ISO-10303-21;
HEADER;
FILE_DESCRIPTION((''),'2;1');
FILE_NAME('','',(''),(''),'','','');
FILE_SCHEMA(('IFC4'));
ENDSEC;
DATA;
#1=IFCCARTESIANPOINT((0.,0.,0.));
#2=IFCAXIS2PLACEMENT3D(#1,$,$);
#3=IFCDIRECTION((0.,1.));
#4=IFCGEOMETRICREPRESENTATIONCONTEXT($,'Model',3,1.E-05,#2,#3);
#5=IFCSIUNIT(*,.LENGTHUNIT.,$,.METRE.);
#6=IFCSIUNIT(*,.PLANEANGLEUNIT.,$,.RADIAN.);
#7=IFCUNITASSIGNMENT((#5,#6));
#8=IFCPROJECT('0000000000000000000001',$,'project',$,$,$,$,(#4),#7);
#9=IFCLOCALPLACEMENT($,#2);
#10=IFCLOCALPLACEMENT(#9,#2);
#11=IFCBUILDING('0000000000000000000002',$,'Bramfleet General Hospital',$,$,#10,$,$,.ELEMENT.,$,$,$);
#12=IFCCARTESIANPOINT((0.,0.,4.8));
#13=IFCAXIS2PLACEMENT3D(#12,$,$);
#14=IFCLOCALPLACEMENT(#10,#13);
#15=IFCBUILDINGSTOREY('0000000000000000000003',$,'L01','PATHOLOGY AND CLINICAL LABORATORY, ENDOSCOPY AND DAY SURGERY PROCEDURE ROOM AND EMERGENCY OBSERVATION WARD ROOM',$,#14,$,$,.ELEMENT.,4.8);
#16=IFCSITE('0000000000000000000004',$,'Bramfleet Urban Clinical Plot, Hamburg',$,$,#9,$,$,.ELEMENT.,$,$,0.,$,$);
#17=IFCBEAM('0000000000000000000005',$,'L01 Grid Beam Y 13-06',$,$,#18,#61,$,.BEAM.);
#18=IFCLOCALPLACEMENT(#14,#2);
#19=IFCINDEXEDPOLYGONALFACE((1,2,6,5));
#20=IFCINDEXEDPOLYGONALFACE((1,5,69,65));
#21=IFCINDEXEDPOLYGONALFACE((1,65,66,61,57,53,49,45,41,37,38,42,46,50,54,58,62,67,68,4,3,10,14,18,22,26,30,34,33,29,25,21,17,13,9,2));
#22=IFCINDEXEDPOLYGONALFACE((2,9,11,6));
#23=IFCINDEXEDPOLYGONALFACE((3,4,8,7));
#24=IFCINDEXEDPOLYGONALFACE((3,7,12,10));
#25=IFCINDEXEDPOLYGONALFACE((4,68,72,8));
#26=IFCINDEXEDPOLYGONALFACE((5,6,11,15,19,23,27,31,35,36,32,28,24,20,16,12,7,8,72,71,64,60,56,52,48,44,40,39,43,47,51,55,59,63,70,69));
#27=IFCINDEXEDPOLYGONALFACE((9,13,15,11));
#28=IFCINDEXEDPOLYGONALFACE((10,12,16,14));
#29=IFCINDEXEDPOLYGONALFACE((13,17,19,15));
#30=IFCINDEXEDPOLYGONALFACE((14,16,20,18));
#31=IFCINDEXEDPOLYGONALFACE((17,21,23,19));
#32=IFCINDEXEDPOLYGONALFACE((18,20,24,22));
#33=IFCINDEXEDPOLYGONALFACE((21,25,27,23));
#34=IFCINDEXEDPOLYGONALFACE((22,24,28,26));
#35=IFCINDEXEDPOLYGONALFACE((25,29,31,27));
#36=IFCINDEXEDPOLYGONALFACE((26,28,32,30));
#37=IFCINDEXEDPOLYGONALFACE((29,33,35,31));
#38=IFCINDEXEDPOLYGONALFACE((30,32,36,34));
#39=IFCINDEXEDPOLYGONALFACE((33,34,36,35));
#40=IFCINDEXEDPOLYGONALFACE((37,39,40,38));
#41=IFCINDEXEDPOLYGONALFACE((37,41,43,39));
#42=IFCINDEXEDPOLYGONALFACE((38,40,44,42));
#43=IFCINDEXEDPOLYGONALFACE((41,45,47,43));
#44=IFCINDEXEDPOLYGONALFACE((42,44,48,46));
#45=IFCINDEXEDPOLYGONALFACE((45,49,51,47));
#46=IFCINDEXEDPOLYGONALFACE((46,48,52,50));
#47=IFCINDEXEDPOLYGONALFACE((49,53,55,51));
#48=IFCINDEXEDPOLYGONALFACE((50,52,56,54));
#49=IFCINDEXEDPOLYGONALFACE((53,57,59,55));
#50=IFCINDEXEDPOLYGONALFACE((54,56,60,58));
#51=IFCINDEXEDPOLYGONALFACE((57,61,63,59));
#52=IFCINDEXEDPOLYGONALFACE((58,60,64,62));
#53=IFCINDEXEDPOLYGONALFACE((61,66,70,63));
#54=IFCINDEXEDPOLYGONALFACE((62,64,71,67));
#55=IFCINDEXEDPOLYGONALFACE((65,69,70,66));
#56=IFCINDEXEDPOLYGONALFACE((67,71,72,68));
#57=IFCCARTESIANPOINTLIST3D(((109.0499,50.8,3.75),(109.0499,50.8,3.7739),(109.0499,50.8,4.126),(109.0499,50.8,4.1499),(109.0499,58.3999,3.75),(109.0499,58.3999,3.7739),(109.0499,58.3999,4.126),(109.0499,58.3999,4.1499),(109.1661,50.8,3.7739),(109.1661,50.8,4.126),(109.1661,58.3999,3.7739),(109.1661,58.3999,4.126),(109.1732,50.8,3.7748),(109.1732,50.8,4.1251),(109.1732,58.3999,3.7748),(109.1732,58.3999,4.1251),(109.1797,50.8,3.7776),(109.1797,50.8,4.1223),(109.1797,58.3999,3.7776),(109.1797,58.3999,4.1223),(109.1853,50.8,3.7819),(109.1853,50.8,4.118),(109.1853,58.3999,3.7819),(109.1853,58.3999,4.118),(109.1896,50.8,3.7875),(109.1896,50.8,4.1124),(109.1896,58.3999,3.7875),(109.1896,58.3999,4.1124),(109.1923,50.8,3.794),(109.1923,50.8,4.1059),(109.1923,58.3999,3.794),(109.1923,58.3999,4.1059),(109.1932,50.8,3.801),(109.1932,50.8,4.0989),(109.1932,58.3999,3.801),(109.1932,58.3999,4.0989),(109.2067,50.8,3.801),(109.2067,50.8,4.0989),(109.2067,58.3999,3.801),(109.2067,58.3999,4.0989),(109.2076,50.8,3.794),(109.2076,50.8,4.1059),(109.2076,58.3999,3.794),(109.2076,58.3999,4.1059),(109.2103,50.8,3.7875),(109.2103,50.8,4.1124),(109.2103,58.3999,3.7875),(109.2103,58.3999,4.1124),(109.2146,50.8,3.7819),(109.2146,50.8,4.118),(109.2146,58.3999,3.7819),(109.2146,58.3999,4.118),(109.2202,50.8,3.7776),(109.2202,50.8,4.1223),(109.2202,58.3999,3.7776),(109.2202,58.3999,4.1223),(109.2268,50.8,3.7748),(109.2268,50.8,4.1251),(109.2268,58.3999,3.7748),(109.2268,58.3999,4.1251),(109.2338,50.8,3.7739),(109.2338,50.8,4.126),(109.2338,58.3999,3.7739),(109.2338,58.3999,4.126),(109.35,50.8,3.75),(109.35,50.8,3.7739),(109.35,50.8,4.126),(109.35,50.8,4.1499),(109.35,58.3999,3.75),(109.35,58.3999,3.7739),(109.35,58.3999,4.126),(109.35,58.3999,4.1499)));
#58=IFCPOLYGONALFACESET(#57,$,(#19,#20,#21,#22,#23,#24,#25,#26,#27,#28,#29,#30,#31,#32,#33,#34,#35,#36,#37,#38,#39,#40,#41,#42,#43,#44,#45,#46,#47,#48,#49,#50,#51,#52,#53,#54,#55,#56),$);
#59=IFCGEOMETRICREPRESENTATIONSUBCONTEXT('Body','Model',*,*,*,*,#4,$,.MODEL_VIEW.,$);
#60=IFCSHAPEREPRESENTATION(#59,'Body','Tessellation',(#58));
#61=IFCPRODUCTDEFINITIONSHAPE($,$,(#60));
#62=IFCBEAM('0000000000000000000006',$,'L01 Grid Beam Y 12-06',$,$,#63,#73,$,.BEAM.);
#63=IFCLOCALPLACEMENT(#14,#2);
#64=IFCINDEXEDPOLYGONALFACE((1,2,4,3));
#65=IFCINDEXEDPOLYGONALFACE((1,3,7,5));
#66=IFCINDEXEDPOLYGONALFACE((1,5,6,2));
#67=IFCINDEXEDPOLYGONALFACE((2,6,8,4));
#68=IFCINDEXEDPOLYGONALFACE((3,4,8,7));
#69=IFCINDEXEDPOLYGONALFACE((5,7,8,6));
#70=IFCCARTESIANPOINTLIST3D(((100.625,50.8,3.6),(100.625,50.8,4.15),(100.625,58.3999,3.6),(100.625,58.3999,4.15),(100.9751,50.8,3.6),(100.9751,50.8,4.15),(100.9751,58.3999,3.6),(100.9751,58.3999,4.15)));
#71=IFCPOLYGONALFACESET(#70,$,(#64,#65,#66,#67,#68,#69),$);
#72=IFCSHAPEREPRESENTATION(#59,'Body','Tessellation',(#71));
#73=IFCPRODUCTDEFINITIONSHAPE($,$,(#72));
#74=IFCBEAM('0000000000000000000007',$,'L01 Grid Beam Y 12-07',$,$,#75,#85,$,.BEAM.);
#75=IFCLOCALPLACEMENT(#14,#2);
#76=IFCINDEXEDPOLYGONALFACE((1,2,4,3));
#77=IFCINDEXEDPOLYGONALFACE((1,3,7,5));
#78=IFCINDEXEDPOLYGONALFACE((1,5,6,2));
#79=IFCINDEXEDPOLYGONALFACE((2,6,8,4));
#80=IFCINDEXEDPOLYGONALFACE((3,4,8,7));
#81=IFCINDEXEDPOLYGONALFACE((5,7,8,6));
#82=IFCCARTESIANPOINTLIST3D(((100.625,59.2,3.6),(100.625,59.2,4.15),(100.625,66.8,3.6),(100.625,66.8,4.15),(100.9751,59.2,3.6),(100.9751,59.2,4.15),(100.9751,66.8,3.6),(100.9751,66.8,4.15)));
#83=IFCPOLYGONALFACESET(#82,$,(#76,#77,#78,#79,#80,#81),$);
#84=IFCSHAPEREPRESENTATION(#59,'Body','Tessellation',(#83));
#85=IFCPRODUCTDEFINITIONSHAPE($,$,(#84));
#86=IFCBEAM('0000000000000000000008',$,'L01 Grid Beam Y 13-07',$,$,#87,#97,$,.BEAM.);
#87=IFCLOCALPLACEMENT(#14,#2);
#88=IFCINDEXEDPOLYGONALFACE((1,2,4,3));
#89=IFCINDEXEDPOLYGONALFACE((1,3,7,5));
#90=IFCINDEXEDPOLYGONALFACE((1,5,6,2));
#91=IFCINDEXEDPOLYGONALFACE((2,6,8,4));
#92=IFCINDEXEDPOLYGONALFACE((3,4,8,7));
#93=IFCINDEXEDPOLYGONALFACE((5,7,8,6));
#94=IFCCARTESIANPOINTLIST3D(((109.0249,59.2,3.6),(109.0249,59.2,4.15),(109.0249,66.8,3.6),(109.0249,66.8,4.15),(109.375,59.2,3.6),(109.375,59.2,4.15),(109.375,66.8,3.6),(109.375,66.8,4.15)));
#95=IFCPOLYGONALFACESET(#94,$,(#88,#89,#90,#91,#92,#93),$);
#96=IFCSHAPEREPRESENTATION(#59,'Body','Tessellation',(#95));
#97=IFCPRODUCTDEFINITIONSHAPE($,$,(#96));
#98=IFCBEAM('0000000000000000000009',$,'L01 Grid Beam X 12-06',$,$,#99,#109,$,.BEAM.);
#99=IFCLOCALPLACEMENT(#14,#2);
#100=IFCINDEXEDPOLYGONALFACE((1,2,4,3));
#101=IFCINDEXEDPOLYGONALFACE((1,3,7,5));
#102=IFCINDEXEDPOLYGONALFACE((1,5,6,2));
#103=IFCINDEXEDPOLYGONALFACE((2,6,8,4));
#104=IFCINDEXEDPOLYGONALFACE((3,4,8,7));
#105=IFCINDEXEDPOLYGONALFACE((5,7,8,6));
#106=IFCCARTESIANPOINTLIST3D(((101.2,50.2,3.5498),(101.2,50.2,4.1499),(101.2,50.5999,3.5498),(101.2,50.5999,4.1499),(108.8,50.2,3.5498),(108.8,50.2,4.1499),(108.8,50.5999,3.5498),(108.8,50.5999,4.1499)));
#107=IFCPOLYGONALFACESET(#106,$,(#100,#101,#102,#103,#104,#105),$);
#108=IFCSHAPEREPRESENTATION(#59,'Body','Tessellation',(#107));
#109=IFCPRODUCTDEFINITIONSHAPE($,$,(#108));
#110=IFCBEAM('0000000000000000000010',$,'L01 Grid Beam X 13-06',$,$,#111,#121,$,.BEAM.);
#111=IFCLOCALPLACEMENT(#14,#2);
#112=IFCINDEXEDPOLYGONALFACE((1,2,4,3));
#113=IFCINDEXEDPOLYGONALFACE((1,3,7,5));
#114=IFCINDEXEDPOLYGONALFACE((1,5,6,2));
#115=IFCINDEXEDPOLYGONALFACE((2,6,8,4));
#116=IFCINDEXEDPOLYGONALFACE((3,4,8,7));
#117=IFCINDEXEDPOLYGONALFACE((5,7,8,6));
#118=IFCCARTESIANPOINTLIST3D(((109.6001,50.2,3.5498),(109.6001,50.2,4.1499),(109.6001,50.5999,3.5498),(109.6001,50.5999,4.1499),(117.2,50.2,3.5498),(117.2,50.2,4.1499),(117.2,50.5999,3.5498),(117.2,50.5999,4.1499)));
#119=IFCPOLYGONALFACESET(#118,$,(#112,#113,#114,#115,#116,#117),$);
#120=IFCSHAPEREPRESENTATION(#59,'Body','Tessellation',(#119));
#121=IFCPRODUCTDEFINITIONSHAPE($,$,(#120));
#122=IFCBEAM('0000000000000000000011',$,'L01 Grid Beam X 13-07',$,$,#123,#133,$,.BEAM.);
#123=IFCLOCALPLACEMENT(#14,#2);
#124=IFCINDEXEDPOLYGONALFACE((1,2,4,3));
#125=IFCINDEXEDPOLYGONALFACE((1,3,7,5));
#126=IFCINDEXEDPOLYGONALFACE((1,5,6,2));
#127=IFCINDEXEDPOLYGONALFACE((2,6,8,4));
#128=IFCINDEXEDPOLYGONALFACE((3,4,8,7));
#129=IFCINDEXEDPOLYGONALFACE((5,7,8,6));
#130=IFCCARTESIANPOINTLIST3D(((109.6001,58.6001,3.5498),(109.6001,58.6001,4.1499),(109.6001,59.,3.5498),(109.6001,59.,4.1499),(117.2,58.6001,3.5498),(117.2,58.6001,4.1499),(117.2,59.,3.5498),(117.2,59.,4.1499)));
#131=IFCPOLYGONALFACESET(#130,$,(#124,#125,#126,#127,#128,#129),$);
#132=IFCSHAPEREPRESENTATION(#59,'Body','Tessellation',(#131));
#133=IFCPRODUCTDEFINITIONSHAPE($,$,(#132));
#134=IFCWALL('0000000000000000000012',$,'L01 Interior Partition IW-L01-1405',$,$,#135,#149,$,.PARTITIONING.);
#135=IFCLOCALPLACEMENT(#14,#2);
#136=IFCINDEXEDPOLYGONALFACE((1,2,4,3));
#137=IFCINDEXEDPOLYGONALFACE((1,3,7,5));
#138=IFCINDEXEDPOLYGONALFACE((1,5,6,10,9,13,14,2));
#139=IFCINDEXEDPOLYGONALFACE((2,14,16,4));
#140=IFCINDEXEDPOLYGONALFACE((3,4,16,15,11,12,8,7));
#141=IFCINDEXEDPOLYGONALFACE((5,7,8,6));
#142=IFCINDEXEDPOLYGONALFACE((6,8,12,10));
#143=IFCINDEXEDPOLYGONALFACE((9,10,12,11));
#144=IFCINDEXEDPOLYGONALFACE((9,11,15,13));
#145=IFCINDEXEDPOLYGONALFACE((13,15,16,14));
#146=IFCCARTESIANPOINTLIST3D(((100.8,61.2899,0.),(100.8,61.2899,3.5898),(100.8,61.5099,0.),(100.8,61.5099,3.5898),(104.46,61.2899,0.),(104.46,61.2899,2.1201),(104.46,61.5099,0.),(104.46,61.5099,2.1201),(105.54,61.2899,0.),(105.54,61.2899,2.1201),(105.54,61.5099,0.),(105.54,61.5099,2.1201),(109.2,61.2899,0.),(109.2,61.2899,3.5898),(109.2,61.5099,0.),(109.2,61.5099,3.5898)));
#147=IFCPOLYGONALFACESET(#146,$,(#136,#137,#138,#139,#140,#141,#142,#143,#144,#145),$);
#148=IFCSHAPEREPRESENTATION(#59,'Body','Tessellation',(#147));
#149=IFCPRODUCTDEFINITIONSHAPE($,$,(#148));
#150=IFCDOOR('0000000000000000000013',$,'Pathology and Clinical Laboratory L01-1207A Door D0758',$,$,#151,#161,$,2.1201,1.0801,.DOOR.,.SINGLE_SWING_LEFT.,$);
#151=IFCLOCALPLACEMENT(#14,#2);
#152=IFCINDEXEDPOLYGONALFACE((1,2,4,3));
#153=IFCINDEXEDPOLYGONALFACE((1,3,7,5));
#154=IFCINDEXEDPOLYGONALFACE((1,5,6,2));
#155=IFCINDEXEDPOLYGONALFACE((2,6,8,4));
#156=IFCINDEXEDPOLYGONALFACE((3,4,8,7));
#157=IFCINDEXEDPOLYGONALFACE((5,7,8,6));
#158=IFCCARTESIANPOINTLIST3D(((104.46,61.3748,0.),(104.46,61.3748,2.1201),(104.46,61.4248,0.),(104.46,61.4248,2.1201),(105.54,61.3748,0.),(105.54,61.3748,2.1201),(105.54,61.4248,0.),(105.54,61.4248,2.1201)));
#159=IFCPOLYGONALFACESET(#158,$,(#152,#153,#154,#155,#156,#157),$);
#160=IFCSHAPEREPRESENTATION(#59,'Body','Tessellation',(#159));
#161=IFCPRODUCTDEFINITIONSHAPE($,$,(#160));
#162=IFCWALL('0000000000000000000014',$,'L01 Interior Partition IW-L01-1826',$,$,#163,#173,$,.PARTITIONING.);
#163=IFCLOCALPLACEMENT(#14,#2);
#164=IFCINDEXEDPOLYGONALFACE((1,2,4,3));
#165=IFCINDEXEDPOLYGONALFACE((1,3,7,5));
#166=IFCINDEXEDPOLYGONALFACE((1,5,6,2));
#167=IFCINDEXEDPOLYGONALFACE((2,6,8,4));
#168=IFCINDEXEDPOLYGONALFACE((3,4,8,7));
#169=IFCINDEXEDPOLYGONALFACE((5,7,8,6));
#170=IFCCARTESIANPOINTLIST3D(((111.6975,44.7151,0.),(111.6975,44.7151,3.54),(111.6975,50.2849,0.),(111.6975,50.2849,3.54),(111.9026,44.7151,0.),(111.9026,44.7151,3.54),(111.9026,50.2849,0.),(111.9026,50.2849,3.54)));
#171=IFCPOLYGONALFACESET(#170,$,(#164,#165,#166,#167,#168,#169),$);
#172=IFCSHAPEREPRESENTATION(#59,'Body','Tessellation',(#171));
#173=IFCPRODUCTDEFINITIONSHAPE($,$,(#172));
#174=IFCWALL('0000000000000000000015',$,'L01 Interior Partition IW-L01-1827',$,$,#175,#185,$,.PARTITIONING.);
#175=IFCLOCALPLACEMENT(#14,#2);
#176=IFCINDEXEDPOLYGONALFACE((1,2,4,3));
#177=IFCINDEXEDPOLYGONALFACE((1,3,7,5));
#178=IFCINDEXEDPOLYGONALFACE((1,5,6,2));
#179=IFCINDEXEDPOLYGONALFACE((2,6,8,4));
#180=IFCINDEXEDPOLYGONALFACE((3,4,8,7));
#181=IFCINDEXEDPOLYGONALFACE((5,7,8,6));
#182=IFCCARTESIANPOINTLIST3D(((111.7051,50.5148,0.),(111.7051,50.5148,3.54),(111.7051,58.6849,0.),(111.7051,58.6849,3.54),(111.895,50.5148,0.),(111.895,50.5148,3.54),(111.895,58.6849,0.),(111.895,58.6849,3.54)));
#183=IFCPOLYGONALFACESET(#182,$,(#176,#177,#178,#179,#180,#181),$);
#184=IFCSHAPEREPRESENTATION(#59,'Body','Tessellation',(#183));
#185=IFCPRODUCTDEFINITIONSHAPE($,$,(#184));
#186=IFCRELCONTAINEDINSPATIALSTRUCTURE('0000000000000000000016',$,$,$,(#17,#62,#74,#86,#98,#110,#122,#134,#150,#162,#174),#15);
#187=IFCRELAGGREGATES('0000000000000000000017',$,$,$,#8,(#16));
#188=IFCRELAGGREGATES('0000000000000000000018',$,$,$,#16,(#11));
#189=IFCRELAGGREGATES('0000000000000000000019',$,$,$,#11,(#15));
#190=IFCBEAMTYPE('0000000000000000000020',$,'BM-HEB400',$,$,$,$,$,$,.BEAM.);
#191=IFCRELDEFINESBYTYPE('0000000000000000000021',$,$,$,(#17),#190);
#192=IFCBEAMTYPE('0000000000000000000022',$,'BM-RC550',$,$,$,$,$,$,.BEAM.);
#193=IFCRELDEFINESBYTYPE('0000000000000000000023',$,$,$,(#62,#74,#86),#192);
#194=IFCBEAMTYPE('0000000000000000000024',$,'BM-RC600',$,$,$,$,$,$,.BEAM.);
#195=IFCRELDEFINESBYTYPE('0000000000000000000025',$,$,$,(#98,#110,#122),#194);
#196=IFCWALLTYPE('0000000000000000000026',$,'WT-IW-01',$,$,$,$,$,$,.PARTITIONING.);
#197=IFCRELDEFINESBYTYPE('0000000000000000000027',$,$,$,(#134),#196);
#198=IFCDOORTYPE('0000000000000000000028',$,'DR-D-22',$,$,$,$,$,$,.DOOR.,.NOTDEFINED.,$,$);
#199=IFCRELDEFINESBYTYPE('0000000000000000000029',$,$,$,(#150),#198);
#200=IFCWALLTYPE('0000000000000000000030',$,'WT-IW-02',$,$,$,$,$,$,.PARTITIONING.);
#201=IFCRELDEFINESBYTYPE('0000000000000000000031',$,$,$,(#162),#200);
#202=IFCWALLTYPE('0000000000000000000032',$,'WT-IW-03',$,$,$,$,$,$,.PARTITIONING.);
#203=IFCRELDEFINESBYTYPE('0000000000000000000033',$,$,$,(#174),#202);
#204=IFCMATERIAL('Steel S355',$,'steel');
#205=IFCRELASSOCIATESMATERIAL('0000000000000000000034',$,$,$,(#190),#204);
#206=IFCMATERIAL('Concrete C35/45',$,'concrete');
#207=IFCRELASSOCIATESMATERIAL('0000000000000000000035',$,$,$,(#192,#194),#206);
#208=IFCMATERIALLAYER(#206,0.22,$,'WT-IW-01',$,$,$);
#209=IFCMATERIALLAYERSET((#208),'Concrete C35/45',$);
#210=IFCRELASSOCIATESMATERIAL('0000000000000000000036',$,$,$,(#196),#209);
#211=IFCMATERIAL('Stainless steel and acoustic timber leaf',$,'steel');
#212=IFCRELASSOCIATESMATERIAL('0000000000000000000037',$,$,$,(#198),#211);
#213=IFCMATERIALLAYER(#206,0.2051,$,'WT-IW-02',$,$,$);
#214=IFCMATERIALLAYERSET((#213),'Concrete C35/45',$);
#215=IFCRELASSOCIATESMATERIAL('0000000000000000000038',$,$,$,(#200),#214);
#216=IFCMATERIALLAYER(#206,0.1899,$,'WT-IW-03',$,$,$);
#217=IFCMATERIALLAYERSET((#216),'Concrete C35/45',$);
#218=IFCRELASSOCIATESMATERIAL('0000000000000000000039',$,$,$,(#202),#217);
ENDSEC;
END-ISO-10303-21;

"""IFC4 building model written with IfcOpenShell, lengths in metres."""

from ifc_helpers import new_model, si_unit, direction, frame, frame_2d, origin, origin_2d, place, context, subcontext, project, spatial, rectangle, i_section, extrude, material, layer, layer_set, material_profile, profile_set, type_object, element, fill, save


model = new_model("IFC4")

# Units and contexts
model_context = context("Model", 3, precision=1e-05, world=origin(), true_north=direction((0.0, 1.0)))
body_context = subcontext(model_context, "Body", "Model", "MODEL_VIEW")
ifc_project = project(units=[si_unit("LENGTHUNIT", "METRE"), si_unit("PLANEANGLEUNIT", "RADIAN")], contexts=[model_context])

# Site, building, storey
site_placement = place(None, origin())
site = spatial("IfcSite", under=ifc_project, at=site_placement, Name="Bramfleet Urban Clinical Plot, Hamburg", CompositionType="ELEMENT", RefElevation=0.0)
building_placement = place(site_placement, origin())
building = spatial("IfcBuilding", under=site, at=building_placement, Name="Bramfleet General Hospital", CompositionType="ELEMENT")
storey_placement = place(building_placement, frame((0.0, 0.0, 4.8)))
storey = spatial("IfcBuildingStorey", under=building, at=storey_placement, Name="L01", Description="PATHOLOGY AND CLINICAL LABORATORY, ENDOSCOPY AND DAY SURGERY PROCEDURE ROOM AND EMERGENCY OBSERVATION WARD ROOM", CompositionType="ELEMENT", Elevation=4.8)

# Beams
ifc_material_1 = material(Name="Steel S355", Category="steel")
ifc_material_profile_1 = material_profile(ifc_material_1, i_section(OverallWidth=0.3, OverallDepth=0.3999, WebThickness=0.0134, FlangeThickness=0.0239, FilletRadius=0.0271, at=origin_2d()), Name="HEB 400")
ifc_profile_set_1 = profile_set([ifc_material_profile_1], Name="Steel S355")
beam_type_1 = type_object("IfcBeamType", Name="BM-HEB400", PredefinedType="BEAM", material=ifc_profile_set_1)
beam_1_placement = place(storey_placement, frame((109.2, 50.8, 3.95), z_axis=(0.0, 1.0, 0.0), x_axis=(-1.0, 0.0, 0.0)))
element("IfcBeam", 1, at=beam_1_placement, inside=storey, type_object=beam_type_1, Name="L01 Grid Beam Y 13-06", PredefinedType="BEAM", context=body_context, shape_type="SweptSolid", body=[
    extrude(i_section(OverallWidth=0.3, OverallDepth=0.3999, WebThickness=0.0134, FlangeThickness=0.0239, FilletRadius=0.0271, at=origin_2d()), origin(), (0.0, 0.0, 1.0), 7.5999),
])
ifc_material_2 = material(Name="Concrete C35/45", Category="concrete")
ifc_material_profile_2 = material_profile(ifc_material_2, rectangle(XDim=0.3501, YDim=0.55, at=origin_2d()), Name="RC BM 550x350")
ifc_profile_set_2 = profile_set([ifc_material_profile_2], Name="Concrete C35/45")
beam_type_2 = type_object("IfcBeamType", Name="BM-RC550", PredefinedType="BEAM", material=ifc_profile_set_2)
beam_2_placement = place(storey_placement, frame((100.8, 50.8, 3.875), z_axis=(0.0, 1.0, 0.0), x_axis=(-1.0, 0.0, 0.0)))
element("IfcBeam", 2, at=beam_2_placement, inside=storey, type_object=beam_type_2, Name="L01 Grid Beam Y 12-06", PredefinedType="BEAM", context=body_context, shape_type="SweptSolid", body=[
    extrude(rectangle(XDim=0.3501, YDim=0.55, at=origin_2d()), origin(), (0.0, 0.0, 1.0), 7.5999),
])
for number, where, z_axis, x_axis, name in (
    (3, (100.8, 59.2, 3.875), (0.0, 1.0, 0.0), (-1.0, 0.0, 0.0), "L01 Grid Beam Y 12-07"),
    (4, (109.2, 59.2, 3.875), (0.0, 1.0, 0.0), (-1.0, 0.0, 0.0), "L01 Grid Beam Y 13-07"),
):
    element("IfcBeam", number, at=place(storey_placement, frame(where, z_axis=z_axis, x_axis=x_axis)), inside=storey, type_object=beam_type_2, Name=name, PredefinedType="BEAM", context=body_context, shape_type="SweptSolid", body=[
        extrude(rectangle(XDim=0.3501, YDim=0.55, at=origin_2d()), origin(), (0.0, 0.0, 1.0), 7.6001),
    ])
ifc_material_profile_3 = material_profile(ifc_material_2, rectangle(XDim=0.3999, YDim=0.6001, at=origin_2d()), Name="RC BM 600x400")
ifc_profile_set_3 = profile_set([ifc_material_profile_3], Name="Concrete C35/45")
beam_type_3 = type_object("IfcBeamType", Name="BM-RC600", PredefinedType="BEAM", material=ifc_profile_set_3)
beam_3_placement = place(storey_placement, frame((101.2, 50.3999, 3.8499), z_axis=(1.0, 0.0, 0.0), x_axis=(0.0, 1.0, 0.0)))
element("IfcBeam", 5, at=beam_3_placement, inside=storey, type_object=beam_type_3, Name="L01 Grid Beam X 12-06", PredefinedType="BEAM", context=body_context, shape_type="SweptSolid", body=[
    extrude(rectangle(XDim=0.3999, YDim=0.6001, at=origin_2d()), origin(), (0.0, 0.0, 1.0), 7.6001),
])
for number, where, z_axis, x_axis, name in (
    (6, (109.6001, 50.3999, 3.8499), (1.0, 0.0, 0.0), (0.0, 1.0, 0.0), "L01 Grid Beam X 13-06"),
    (7, (109.6001, 58.8, 3.8499), (1.0, 0.0, 0.0), (0.0, 1.0, 0.0), "L01 Grid Beam X 13-07"),
):
    element("IfcBeam", number, at=place(storey_placement, frame(where, z_axis=z_axis, x_axis=x_axis)), inside=storey, type_object=beam_type_3, Name=name, PredefinedType="BEAM", context=body_context, shape_type="SweptSolid", body=[
        extrude(rectangle(XDim=0.3999, YDim=0.6001, at=origin_2d()), origin(), (0.0, 0.0, 1.0), 7.5999),
    ])

# Wall, opening, door
ifc_layer_1 = layer(ifc_material_2, 0.22, Name="WT-IW-01")
ifc_layer_set_1 = layer_set([ifc_layer_1], Name="Concrete C35/45")
wall_type_1 = type_object("IfcWallType", Name="WT-IW-01", PredefinedType="PARTITIONING", material=ifc_layer_set_1)
wall_1_placement = place(storey_placement, frame((100.8, 61.3999, 0.0), z_axis=(0.0, 0.0, 1.0), x_axis=(1.0, 0.0, 0.0)))
wall_1 = element("IfcWall", 8, at=wall_1_placement, inside=storey, type_object=wall_type_1, Name="L01 Interior Partition IW-L01-1405", PredefinedType="PARTITIONING", context=body_context, shape_type="SweptSolid", body=[
    extrude(rectangle(XDim=8.3999, YDim=0.22, at=frame_2d((4.2, 0.0))), origin(), (0.0, 0.0, 1.0), 3.5898),
])
opening_1_placement = place(wall_1_placement, frame((3.6599, 0.0, 0.0)))
opening_1 = element("IfcOpeningElement", 9, at=opening_1_placement, cuts=wall_1, PredefinedType="OPENING", context=body_context, shape_type="SweptSolid", body=[
    extrude(rectangle(XDim=1.0801, YDim=2.1201, at=frame_2d((0.54, 1.0601))), frame((0.0, 0.1199, 0.0), z_axis=(0.0, -1.0, 0.0), x_axis=(1.0, 0.0, 0.0)), (0.0, 0.0, 1.0), 0.24),
])
ifc_material_3 = material(Name="Stainless steel and acoustic timber leaf", Category="steel")
door_type_1 = type_object("IfcDoorType", Name="DR-D-22", OperationType="NOTDEFINED", PredefinedType="DOOR", material=ifc_material_3)
door_1_placement = place(opening_1_placement, origin())
door_1 = element("IfcDoor", 10, at=door_1_placement, inside=storey, type_object=door_type_1, Name="Pathology and Clinical Laboratory L01-1207A Door D0758", OperationType="SINGLE_SWING_LEFT", OverallHeight=2.1201, OverallWidth=1.0801, PredefinedType="DOOR", context=body_context, shape_type="SweptSolid", body=[
    extrude(rectangle(XDim=1.0801, YDim=2.1201, at=frame_2d((0.54, 1.0601))), frame((0.0, 0.0249, 0.0), z_axis=(0.0, -1.0, 0.0), x_axis=(1.0, 0.0, 0.0)), (0.0, 0.0, 1.0), 0.05),
])
fill(opening_1, door_1)

# Walls
ifc_layer_2 = layer(ifc_material_2, 0.2051, Name="WT-IW-02")
ifc_layer_set_2 = layer_set([ifc_layer_2], Name="Concrete C35/45")
wall_type_2 = type_object("IfcWallType", Name="WT-IW-02", PredefinedType="PARTITIONING", material=ifc_layer_set_2)
wall_2_placement = place(storey_placement, frame((111.8, 44.7151, 0.0), z_axis=(0.0, 0.0, 1.0), x_axis=(0.0, 1.0, 0.0)))
element("IfcWall", 11, at=wall_2_placement, inside=storey, type_object=wall_type_2, Name="L01 Interior Partition IW-L01-1826", PredefinedType="PARTITIONING", context=body_context, shape_type="SweptSolid", body=[
    extrude(rectangle(XDim=5.5698, YDim=0.2051, at=frame_2d((2.7849, 0.0))), origin(), (0.0, 0.0, 1.0), 3.54),
])
ifc_layer_3 = layer(ifc_material_2, 0.1899, Name="WT-IW-03")
ifc_layer_set_3 = layer_set([ifc_layer_3], Name="Concrete C35/45")
wall_type_3 = type_object("IfcWallType", Name="WT-IW-03", PredefinedType="PARTITIONING", material=ifc_layer_set_3)
wall_3_placement = place(storey_placement, frame((111.8, 50.5149, 0.0), z_axis=(0.0, 0.0, 1.0), x_axis=(0.0, 1.0, 0.0)))
element("IfcWall", 12, at=wall_3_placement, inside=storey, type_object=wall_type_3, Name="L01 Interior Partition IW-L01-1827", PredefinedType="PARTITIONING", context=body_context, shape_type="SweptSolid", body=[
    extrude(rectangle(XDim=8.1702, YDim=0.1899, at=frame_2d((4.085, 0.0))), origin(), (0.0, 0.0, 1.0), 3.54),
])

save(model, "model.ifc")
